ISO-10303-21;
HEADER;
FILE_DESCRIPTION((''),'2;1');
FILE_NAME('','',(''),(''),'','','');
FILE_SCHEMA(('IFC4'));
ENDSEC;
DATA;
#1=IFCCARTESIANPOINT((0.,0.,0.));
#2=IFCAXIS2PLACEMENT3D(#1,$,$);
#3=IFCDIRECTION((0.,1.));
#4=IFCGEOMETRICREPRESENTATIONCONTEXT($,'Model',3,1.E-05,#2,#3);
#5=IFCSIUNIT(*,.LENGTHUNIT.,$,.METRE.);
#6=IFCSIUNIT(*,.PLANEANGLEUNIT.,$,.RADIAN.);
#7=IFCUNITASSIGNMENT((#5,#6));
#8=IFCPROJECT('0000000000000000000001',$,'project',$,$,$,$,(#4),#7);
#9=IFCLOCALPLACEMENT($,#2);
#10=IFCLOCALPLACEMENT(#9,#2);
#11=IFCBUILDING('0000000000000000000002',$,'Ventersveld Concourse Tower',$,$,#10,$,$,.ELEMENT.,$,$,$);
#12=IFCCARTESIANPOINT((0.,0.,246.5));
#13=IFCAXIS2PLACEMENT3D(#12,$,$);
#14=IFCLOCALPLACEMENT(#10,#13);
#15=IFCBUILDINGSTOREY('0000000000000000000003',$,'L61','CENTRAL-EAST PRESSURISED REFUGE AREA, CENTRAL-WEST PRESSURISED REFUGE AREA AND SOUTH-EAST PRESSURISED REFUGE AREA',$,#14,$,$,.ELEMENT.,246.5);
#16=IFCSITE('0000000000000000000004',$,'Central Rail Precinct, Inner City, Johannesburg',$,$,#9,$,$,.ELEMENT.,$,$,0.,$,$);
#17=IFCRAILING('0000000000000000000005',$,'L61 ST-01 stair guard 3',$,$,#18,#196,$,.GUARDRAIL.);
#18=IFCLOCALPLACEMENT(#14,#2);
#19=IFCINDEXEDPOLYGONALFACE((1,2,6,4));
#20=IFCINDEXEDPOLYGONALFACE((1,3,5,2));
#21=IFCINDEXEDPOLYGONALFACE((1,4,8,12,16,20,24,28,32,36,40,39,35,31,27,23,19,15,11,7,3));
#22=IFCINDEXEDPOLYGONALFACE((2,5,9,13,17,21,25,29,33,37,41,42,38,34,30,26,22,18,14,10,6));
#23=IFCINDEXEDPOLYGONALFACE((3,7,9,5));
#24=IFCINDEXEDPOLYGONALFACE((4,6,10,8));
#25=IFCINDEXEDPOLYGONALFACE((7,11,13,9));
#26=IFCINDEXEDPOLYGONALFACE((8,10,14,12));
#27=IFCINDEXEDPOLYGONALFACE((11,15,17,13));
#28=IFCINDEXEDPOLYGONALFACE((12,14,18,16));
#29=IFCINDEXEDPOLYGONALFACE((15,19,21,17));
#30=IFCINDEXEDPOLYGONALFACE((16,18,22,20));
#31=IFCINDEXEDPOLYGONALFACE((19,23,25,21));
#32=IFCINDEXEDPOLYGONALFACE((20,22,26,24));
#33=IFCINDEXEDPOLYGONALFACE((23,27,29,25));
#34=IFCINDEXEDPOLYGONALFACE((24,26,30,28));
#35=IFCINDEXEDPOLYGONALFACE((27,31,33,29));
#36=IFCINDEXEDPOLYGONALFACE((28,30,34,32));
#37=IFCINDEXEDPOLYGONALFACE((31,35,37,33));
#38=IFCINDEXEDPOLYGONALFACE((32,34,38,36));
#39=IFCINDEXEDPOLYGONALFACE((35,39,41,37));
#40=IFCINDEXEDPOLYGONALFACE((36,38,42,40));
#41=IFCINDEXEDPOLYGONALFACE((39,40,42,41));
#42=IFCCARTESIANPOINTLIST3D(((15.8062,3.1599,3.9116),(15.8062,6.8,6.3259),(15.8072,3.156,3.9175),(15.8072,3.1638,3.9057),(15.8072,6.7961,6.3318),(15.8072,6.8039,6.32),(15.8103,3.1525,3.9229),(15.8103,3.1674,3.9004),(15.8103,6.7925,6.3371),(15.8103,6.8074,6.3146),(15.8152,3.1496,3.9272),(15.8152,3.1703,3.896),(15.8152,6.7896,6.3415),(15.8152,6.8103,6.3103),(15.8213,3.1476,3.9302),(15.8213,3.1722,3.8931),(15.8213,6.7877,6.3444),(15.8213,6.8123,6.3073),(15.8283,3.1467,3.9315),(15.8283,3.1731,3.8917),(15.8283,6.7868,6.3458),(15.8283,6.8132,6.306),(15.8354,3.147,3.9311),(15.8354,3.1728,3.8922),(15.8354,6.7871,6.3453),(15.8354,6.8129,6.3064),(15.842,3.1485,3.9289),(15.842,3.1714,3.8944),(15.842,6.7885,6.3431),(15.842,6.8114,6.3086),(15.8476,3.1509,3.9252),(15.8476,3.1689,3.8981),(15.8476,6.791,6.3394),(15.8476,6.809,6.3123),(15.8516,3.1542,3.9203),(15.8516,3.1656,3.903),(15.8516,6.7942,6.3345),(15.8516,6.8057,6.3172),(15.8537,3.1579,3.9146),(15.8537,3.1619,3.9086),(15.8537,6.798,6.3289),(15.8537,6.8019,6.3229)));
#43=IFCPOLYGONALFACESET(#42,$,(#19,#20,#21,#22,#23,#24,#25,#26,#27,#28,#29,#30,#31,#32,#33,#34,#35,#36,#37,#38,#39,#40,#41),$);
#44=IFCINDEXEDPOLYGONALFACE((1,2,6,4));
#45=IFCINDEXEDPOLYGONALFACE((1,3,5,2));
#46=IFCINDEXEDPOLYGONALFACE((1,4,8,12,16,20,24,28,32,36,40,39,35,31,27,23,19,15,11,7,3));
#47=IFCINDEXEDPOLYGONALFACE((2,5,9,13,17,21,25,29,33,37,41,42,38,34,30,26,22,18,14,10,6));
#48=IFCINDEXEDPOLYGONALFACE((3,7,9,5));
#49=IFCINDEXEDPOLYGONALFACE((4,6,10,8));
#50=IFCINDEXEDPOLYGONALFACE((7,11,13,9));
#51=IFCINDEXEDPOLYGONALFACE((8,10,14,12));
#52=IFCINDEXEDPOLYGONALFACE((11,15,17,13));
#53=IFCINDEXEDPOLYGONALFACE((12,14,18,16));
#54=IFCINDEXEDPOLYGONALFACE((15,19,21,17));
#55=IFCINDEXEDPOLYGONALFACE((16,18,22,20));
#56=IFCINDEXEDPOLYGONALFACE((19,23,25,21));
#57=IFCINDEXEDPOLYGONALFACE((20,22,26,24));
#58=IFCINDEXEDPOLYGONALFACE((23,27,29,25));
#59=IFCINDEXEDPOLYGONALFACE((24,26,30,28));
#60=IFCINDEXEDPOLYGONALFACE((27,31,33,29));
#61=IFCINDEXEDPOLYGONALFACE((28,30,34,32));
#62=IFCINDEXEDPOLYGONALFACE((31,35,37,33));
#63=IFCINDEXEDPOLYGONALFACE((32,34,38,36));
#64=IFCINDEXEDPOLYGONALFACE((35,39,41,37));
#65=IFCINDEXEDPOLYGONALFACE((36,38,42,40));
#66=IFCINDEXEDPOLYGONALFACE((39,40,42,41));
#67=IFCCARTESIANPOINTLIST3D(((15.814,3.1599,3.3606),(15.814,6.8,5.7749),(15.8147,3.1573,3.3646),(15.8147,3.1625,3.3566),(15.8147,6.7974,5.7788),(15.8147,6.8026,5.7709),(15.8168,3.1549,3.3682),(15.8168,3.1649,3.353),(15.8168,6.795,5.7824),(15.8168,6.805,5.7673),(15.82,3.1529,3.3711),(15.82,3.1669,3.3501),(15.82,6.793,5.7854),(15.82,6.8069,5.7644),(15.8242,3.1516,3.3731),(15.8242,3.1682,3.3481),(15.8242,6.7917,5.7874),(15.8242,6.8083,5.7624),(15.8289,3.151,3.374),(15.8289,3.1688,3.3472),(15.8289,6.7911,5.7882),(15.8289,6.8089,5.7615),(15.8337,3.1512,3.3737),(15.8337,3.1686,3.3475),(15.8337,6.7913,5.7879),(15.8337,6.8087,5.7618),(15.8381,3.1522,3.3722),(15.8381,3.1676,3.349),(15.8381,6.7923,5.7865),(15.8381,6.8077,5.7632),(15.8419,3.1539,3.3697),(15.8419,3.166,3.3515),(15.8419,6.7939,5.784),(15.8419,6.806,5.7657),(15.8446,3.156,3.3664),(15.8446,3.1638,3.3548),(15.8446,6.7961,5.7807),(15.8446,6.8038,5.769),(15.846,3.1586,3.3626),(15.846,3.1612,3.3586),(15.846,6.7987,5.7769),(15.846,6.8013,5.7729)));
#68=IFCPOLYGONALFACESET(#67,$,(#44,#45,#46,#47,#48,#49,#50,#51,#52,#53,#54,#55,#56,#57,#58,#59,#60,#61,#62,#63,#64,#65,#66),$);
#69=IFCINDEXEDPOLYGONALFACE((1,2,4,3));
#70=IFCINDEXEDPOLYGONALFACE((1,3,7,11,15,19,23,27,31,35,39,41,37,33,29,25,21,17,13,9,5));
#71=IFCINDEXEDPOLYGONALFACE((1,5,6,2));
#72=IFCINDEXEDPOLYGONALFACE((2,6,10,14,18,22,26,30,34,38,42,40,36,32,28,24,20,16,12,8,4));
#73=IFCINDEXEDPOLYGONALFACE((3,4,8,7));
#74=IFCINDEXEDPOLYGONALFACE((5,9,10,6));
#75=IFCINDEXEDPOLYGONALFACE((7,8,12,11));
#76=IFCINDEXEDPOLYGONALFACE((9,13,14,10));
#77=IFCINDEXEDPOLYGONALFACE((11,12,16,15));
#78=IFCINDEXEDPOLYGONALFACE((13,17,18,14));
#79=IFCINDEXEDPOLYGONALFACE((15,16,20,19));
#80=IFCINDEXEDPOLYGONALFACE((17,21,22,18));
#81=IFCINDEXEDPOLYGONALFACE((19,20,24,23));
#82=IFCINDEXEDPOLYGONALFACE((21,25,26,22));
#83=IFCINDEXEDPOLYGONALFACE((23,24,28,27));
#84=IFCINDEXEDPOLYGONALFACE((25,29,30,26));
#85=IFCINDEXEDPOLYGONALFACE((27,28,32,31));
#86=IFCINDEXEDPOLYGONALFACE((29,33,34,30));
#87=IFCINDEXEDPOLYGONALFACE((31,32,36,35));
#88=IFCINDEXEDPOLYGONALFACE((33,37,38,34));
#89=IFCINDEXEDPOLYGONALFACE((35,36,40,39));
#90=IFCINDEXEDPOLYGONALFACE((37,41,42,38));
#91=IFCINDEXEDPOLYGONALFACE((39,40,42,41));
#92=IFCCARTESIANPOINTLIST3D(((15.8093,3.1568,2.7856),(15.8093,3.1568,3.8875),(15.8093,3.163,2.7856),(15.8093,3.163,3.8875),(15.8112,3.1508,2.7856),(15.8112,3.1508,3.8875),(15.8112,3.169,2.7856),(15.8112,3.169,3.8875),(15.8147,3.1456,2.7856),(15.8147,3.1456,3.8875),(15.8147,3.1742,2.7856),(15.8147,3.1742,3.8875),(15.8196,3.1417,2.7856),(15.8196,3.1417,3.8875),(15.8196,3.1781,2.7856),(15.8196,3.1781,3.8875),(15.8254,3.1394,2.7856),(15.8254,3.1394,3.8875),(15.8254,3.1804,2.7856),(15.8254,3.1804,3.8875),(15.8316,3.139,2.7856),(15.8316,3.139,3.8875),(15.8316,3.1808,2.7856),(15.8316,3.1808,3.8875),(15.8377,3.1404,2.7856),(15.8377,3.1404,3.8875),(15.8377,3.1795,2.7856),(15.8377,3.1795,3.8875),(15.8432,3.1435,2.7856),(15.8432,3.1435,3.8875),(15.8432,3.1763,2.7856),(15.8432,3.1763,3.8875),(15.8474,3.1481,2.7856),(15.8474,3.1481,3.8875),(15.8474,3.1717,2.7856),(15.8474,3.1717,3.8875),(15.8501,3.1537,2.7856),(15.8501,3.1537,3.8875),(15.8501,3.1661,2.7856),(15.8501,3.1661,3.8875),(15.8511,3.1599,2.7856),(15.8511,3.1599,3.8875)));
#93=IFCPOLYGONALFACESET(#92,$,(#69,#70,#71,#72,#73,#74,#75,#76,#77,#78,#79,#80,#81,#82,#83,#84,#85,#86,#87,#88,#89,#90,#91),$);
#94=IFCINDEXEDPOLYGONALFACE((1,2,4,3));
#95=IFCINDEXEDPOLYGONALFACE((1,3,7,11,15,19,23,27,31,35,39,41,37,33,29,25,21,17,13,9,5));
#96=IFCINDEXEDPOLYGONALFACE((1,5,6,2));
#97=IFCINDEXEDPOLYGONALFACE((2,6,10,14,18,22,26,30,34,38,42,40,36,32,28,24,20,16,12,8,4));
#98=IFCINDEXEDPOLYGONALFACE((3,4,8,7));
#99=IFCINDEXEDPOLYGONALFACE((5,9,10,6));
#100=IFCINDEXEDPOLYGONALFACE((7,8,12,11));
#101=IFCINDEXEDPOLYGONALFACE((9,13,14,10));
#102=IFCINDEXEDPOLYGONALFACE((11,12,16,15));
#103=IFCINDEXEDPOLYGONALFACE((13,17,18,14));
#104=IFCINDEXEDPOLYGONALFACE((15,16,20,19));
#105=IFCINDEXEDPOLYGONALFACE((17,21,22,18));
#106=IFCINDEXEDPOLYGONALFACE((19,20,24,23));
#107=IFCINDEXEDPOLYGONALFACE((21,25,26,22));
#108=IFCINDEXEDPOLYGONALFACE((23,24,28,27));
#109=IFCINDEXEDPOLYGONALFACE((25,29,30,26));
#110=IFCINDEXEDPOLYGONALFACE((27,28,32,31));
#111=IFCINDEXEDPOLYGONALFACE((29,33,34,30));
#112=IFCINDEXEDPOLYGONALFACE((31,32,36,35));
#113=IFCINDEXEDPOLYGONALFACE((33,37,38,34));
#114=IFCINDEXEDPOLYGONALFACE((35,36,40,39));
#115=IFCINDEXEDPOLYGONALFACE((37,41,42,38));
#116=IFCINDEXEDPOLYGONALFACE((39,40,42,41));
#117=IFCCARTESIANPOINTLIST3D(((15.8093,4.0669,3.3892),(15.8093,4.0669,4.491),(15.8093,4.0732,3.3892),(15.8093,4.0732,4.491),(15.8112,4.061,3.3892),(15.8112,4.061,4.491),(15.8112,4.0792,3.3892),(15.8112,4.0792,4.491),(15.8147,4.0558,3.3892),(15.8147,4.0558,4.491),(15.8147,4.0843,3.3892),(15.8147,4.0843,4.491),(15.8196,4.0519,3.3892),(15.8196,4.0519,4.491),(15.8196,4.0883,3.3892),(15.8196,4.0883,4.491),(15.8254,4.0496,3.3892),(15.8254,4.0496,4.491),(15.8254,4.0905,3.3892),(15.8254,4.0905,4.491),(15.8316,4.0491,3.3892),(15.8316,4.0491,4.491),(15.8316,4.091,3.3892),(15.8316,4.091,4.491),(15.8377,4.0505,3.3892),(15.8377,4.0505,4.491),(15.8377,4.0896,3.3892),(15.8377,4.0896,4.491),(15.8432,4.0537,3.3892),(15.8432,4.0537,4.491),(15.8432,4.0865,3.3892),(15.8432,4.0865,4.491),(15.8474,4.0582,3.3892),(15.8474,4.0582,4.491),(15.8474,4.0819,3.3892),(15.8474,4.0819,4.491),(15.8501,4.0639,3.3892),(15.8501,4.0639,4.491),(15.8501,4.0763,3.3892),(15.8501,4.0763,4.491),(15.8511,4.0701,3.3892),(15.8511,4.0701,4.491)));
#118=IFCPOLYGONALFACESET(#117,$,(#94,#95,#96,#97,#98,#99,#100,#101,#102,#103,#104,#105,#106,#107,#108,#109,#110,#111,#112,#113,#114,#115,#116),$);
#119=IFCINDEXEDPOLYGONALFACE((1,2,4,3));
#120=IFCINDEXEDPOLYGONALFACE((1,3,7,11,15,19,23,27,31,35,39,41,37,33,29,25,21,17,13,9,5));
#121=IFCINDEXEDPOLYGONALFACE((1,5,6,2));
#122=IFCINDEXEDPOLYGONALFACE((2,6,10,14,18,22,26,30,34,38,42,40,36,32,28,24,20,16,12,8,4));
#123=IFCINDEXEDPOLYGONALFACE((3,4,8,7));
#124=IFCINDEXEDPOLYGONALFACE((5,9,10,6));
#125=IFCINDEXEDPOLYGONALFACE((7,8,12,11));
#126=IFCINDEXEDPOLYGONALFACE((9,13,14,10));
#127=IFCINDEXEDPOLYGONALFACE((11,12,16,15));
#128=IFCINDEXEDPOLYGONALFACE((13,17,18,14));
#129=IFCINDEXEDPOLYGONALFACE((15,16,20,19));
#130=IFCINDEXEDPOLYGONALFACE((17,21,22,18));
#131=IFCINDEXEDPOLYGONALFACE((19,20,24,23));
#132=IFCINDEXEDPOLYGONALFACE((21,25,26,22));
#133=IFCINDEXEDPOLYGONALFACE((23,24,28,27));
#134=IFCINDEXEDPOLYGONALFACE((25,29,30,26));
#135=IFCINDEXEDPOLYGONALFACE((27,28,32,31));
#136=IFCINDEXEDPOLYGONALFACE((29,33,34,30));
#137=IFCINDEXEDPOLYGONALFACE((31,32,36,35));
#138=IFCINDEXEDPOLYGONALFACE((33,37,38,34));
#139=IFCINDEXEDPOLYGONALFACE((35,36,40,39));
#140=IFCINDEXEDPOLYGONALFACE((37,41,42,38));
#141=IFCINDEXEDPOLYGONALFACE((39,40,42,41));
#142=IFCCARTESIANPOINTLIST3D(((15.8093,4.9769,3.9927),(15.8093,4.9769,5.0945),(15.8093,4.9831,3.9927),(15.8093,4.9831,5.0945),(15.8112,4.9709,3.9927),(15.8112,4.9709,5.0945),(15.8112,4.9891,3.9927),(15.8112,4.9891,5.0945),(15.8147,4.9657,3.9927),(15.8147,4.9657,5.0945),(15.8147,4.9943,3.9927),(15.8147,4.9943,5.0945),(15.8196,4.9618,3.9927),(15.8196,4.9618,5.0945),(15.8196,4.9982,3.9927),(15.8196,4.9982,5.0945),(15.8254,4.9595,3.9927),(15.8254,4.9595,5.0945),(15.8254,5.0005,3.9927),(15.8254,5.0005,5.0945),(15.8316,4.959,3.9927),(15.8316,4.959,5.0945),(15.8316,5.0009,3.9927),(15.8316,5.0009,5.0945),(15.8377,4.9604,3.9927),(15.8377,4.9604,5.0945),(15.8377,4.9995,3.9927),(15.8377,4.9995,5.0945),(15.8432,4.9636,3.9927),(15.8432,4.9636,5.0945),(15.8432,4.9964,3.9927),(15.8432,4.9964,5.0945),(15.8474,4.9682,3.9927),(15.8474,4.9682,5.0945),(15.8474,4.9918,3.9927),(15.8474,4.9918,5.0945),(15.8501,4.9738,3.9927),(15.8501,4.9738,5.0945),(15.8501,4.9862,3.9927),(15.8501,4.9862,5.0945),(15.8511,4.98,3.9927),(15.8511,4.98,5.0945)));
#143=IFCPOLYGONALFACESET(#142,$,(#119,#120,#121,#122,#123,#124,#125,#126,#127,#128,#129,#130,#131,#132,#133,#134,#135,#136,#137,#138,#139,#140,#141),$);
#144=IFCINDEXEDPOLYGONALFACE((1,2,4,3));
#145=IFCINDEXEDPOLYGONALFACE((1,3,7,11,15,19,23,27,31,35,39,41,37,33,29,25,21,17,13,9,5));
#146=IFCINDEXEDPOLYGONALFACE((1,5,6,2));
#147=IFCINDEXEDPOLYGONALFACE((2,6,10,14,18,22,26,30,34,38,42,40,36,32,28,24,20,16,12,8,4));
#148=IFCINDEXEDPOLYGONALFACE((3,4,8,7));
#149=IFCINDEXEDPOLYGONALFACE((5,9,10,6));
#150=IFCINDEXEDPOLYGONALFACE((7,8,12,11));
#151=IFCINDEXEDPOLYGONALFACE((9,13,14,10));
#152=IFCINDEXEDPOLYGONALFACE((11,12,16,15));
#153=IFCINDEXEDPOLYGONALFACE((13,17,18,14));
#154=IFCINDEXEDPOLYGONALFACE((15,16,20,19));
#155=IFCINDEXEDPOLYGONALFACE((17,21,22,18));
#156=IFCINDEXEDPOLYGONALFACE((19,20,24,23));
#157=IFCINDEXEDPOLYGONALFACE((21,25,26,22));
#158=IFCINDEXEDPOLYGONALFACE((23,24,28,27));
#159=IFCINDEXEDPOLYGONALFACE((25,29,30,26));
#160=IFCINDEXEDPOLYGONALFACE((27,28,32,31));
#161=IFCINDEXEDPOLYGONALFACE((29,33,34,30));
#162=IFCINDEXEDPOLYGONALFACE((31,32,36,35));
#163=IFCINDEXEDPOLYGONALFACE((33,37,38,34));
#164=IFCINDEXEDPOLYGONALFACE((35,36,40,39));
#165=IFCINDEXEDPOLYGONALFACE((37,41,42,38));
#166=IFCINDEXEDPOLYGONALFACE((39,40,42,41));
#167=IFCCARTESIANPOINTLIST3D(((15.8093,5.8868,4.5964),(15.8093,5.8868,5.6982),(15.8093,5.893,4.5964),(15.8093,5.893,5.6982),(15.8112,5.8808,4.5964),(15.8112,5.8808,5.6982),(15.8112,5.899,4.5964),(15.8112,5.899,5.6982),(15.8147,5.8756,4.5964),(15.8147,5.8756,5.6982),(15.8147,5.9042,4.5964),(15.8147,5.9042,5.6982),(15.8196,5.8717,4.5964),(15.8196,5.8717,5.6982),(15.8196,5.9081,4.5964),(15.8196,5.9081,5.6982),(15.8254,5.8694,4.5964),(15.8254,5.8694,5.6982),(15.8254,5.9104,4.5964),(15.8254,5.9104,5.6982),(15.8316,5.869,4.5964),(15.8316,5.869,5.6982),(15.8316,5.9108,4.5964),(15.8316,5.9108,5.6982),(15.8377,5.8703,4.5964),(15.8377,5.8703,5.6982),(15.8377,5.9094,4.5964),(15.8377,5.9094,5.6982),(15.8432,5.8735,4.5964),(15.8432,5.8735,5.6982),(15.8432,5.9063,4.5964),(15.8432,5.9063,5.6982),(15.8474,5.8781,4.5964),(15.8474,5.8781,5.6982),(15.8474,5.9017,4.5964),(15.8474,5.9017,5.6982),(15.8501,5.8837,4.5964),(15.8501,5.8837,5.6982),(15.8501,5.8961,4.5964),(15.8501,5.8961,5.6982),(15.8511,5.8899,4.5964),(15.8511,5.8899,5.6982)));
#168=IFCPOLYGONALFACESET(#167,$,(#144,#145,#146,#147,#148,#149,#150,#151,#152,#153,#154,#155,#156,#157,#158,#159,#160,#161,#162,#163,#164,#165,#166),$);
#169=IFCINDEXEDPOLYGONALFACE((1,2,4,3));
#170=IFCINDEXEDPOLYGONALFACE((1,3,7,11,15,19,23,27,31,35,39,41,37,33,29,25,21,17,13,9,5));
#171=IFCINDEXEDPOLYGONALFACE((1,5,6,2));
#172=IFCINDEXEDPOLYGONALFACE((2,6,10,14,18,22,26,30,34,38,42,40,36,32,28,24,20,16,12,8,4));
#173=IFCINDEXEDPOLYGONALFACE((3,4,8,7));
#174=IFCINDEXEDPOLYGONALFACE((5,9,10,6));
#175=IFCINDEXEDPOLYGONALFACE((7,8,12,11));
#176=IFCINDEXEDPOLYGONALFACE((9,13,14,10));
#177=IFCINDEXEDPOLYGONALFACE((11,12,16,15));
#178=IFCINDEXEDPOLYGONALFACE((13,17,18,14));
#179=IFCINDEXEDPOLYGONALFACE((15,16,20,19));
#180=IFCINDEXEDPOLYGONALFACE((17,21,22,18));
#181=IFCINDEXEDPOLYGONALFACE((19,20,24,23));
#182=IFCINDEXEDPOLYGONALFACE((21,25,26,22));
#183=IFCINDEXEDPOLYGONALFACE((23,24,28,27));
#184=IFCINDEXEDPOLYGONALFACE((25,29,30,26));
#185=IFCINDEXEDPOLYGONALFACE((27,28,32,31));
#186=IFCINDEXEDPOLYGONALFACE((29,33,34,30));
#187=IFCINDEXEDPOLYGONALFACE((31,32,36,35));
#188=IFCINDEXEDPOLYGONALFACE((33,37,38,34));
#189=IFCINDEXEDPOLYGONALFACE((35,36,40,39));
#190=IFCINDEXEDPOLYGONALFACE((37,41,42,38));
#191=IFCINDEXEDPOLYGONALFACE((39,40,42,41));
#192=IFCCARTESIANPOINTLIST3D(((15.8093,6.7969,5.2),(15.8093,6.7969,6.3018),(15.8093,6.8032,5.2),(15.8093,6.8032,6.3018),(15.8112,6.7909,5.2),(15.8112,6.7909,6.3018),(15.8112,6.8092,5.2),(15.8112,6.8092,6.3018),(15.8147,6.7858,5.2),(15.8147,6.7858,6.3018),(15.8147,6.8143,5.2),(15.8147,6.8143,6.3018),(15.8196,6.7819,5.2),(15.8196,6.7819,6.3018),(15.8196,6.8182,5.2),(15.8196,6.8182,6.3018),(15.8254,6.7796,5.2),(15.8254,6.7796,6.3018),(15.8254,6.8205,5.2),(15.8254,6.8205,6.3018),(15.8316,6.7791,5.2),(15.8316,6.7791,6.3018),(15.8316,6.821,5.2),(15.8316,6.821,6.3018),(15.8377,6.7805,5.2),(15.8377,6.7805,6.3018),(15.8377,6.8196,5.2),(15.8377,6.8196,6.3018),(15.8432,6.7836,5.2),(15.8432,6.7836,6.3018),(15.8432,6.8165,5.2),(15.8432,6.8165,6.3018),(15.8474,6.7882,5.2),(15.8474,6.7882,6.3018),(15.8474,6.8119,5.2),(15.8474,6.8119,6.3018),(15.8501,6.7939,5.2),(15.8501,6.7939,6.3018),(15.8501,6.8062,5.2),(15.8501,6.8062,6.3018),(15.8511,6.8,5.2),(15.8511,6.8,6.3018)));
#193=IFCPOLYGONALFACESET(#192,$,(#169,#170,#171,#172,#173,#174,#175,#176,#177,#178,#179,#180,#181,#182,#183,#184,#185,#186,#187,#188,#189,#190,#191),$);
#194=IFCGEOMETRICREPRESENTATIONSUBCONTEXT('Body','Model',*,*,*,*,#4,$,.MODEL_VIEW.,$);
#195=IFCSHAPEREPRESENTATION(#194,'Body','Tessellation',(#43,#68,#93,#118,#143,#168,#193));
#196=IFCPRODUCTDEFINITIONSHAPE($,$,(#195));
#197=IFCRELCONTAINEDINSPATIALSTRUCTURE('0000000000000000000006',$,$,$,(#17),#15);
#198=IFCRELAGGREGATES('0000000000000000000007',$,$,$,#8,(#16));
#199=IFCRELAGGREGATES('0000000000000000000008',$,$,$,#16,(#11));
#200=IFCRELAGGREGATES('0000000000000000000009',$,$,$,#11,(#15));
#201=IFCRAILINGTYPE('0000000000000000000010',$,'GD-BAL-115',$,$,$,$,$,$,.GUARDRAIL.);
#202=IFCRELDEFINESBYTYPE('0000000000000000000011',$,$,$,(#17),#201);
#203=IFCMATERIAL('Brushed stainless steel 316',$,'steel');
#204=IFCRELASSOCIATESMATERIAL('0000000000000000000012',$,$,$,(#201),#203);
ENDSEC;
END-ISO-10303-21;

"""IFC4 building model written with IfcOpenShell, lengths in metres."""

from ifc_helpers import new_model, si_unit, direction, frame, origin, origin_2d, place, context, subcontext, project, spatial, circle, extrude, material, type_object, element, save


model = new_model("IFC4")

# Units and contexts
model_context = context("Model", 3, precision=1e-05, world=origin(), true_north=direction((0.0, 1.0)))
body_context = subcontext(model_context, "Body", "Model", "MODEL_VIEW")
ifc_project = project(units=[si_unit("LENGTHUNIT", "METRE"), si_unit("PLANEANGLEUNIT", "RADIAN")], contexts=[model_context])

# Site, building, storey
site_placement = place(None, origin())
site = spatial("IfcSite", under=ifc_project, at=site_placement, Name="Central Rail Precinct, Inner City, Johannesburg", CompositionType="ELEMENT", RefElevation=0.0)
building_placement = place(site_placement, origin())
building = spatial("IfcBuilding", under=site, at=building_placement, Name="Ventersveld Concourse Tower", CompositionType="ELEMENT")
storey_placement = place(building_placement, frame((0.0, 0.0, 246.5)))
storey = spatial("IfcBuildingStorey", under=building, at=storey_placement, Name="L61", Description="CENTRAL-EAST PRESSURISED REFUGE AREA, CENTRAL-WEST PRESSURISED REFUGE AREA AND SOUTH-EAST PRESSURISED REFUGE AREA", CompositionType="ELEMENT", Elevation=246.5)

# Shared definitions
ifc_material_1 = material(Name="Brushed stainless steel 316", Category="steel")

# Railing
railing_type_1 = type_object("IfcRailingType", Name="GD-BAL-115", PredefinedType="GUARDRAIL", material=ifc_material_1)
railing_1_placement = place(storey_placement, frame((15.8301, 3.1599, 2.7856)))
element("IfcRailing", 1, at=railing_1_placement, inside=storey, type_object=railing_type_1, Name="L61 ST-01 stair guard 3", PredefinedType="GUARDRAIL", context=body_context, shape_type="SweptSolid", body=[
    extrude(circle(Radius=0.0239, at=origin_2d()), frame((0.0, 0.0, 1.126), z_axis=(0.0, 0.833364, 0.552725), x_axis=(-1.0, 0.0, 0.0)), (0.0, 0.0, 1.0), 4.3679),
    extrude(circle(Radius=0.0161, at=origin_2d()), frame((0.0, 0.0, 0.575), z_axis=(0.0, 0.833364, 0.552725), x_axis=(-1.0, 0.0, 0.0)), (0.0, 0.0, 1.0), 4.3679),
    extrude(circle(Radius=0.021, at=origin_2d()), origin(), (0.0, 0.0, 1.0), 1.1018),
    extrude(circle(Radius=0.021, at=origin_2d()), frame((0.0, 0.9102, 0.6035)), (0.0, 0.0, 1.0), 1.1018),
    extrude(circle(Radius=0.021, at=origin_2d()), frame((0.0, 1.8201, 1.207)), (0.0, 0.0, 1.0), 1.1018),
    extrude(circle(Radius=0.021, at=origin_2d()), frame((0.0, 2.73, 1.8108)), (0.0, 0.0, 1.0), 1.1018),
    extrude(circle(Radius=0.021, at=origin_2d()), frame((0.0, 3.6401, 2.4143)), (0.0, 0.0, 1.0), 1.1018),
])

save(model, "model.ifc")
